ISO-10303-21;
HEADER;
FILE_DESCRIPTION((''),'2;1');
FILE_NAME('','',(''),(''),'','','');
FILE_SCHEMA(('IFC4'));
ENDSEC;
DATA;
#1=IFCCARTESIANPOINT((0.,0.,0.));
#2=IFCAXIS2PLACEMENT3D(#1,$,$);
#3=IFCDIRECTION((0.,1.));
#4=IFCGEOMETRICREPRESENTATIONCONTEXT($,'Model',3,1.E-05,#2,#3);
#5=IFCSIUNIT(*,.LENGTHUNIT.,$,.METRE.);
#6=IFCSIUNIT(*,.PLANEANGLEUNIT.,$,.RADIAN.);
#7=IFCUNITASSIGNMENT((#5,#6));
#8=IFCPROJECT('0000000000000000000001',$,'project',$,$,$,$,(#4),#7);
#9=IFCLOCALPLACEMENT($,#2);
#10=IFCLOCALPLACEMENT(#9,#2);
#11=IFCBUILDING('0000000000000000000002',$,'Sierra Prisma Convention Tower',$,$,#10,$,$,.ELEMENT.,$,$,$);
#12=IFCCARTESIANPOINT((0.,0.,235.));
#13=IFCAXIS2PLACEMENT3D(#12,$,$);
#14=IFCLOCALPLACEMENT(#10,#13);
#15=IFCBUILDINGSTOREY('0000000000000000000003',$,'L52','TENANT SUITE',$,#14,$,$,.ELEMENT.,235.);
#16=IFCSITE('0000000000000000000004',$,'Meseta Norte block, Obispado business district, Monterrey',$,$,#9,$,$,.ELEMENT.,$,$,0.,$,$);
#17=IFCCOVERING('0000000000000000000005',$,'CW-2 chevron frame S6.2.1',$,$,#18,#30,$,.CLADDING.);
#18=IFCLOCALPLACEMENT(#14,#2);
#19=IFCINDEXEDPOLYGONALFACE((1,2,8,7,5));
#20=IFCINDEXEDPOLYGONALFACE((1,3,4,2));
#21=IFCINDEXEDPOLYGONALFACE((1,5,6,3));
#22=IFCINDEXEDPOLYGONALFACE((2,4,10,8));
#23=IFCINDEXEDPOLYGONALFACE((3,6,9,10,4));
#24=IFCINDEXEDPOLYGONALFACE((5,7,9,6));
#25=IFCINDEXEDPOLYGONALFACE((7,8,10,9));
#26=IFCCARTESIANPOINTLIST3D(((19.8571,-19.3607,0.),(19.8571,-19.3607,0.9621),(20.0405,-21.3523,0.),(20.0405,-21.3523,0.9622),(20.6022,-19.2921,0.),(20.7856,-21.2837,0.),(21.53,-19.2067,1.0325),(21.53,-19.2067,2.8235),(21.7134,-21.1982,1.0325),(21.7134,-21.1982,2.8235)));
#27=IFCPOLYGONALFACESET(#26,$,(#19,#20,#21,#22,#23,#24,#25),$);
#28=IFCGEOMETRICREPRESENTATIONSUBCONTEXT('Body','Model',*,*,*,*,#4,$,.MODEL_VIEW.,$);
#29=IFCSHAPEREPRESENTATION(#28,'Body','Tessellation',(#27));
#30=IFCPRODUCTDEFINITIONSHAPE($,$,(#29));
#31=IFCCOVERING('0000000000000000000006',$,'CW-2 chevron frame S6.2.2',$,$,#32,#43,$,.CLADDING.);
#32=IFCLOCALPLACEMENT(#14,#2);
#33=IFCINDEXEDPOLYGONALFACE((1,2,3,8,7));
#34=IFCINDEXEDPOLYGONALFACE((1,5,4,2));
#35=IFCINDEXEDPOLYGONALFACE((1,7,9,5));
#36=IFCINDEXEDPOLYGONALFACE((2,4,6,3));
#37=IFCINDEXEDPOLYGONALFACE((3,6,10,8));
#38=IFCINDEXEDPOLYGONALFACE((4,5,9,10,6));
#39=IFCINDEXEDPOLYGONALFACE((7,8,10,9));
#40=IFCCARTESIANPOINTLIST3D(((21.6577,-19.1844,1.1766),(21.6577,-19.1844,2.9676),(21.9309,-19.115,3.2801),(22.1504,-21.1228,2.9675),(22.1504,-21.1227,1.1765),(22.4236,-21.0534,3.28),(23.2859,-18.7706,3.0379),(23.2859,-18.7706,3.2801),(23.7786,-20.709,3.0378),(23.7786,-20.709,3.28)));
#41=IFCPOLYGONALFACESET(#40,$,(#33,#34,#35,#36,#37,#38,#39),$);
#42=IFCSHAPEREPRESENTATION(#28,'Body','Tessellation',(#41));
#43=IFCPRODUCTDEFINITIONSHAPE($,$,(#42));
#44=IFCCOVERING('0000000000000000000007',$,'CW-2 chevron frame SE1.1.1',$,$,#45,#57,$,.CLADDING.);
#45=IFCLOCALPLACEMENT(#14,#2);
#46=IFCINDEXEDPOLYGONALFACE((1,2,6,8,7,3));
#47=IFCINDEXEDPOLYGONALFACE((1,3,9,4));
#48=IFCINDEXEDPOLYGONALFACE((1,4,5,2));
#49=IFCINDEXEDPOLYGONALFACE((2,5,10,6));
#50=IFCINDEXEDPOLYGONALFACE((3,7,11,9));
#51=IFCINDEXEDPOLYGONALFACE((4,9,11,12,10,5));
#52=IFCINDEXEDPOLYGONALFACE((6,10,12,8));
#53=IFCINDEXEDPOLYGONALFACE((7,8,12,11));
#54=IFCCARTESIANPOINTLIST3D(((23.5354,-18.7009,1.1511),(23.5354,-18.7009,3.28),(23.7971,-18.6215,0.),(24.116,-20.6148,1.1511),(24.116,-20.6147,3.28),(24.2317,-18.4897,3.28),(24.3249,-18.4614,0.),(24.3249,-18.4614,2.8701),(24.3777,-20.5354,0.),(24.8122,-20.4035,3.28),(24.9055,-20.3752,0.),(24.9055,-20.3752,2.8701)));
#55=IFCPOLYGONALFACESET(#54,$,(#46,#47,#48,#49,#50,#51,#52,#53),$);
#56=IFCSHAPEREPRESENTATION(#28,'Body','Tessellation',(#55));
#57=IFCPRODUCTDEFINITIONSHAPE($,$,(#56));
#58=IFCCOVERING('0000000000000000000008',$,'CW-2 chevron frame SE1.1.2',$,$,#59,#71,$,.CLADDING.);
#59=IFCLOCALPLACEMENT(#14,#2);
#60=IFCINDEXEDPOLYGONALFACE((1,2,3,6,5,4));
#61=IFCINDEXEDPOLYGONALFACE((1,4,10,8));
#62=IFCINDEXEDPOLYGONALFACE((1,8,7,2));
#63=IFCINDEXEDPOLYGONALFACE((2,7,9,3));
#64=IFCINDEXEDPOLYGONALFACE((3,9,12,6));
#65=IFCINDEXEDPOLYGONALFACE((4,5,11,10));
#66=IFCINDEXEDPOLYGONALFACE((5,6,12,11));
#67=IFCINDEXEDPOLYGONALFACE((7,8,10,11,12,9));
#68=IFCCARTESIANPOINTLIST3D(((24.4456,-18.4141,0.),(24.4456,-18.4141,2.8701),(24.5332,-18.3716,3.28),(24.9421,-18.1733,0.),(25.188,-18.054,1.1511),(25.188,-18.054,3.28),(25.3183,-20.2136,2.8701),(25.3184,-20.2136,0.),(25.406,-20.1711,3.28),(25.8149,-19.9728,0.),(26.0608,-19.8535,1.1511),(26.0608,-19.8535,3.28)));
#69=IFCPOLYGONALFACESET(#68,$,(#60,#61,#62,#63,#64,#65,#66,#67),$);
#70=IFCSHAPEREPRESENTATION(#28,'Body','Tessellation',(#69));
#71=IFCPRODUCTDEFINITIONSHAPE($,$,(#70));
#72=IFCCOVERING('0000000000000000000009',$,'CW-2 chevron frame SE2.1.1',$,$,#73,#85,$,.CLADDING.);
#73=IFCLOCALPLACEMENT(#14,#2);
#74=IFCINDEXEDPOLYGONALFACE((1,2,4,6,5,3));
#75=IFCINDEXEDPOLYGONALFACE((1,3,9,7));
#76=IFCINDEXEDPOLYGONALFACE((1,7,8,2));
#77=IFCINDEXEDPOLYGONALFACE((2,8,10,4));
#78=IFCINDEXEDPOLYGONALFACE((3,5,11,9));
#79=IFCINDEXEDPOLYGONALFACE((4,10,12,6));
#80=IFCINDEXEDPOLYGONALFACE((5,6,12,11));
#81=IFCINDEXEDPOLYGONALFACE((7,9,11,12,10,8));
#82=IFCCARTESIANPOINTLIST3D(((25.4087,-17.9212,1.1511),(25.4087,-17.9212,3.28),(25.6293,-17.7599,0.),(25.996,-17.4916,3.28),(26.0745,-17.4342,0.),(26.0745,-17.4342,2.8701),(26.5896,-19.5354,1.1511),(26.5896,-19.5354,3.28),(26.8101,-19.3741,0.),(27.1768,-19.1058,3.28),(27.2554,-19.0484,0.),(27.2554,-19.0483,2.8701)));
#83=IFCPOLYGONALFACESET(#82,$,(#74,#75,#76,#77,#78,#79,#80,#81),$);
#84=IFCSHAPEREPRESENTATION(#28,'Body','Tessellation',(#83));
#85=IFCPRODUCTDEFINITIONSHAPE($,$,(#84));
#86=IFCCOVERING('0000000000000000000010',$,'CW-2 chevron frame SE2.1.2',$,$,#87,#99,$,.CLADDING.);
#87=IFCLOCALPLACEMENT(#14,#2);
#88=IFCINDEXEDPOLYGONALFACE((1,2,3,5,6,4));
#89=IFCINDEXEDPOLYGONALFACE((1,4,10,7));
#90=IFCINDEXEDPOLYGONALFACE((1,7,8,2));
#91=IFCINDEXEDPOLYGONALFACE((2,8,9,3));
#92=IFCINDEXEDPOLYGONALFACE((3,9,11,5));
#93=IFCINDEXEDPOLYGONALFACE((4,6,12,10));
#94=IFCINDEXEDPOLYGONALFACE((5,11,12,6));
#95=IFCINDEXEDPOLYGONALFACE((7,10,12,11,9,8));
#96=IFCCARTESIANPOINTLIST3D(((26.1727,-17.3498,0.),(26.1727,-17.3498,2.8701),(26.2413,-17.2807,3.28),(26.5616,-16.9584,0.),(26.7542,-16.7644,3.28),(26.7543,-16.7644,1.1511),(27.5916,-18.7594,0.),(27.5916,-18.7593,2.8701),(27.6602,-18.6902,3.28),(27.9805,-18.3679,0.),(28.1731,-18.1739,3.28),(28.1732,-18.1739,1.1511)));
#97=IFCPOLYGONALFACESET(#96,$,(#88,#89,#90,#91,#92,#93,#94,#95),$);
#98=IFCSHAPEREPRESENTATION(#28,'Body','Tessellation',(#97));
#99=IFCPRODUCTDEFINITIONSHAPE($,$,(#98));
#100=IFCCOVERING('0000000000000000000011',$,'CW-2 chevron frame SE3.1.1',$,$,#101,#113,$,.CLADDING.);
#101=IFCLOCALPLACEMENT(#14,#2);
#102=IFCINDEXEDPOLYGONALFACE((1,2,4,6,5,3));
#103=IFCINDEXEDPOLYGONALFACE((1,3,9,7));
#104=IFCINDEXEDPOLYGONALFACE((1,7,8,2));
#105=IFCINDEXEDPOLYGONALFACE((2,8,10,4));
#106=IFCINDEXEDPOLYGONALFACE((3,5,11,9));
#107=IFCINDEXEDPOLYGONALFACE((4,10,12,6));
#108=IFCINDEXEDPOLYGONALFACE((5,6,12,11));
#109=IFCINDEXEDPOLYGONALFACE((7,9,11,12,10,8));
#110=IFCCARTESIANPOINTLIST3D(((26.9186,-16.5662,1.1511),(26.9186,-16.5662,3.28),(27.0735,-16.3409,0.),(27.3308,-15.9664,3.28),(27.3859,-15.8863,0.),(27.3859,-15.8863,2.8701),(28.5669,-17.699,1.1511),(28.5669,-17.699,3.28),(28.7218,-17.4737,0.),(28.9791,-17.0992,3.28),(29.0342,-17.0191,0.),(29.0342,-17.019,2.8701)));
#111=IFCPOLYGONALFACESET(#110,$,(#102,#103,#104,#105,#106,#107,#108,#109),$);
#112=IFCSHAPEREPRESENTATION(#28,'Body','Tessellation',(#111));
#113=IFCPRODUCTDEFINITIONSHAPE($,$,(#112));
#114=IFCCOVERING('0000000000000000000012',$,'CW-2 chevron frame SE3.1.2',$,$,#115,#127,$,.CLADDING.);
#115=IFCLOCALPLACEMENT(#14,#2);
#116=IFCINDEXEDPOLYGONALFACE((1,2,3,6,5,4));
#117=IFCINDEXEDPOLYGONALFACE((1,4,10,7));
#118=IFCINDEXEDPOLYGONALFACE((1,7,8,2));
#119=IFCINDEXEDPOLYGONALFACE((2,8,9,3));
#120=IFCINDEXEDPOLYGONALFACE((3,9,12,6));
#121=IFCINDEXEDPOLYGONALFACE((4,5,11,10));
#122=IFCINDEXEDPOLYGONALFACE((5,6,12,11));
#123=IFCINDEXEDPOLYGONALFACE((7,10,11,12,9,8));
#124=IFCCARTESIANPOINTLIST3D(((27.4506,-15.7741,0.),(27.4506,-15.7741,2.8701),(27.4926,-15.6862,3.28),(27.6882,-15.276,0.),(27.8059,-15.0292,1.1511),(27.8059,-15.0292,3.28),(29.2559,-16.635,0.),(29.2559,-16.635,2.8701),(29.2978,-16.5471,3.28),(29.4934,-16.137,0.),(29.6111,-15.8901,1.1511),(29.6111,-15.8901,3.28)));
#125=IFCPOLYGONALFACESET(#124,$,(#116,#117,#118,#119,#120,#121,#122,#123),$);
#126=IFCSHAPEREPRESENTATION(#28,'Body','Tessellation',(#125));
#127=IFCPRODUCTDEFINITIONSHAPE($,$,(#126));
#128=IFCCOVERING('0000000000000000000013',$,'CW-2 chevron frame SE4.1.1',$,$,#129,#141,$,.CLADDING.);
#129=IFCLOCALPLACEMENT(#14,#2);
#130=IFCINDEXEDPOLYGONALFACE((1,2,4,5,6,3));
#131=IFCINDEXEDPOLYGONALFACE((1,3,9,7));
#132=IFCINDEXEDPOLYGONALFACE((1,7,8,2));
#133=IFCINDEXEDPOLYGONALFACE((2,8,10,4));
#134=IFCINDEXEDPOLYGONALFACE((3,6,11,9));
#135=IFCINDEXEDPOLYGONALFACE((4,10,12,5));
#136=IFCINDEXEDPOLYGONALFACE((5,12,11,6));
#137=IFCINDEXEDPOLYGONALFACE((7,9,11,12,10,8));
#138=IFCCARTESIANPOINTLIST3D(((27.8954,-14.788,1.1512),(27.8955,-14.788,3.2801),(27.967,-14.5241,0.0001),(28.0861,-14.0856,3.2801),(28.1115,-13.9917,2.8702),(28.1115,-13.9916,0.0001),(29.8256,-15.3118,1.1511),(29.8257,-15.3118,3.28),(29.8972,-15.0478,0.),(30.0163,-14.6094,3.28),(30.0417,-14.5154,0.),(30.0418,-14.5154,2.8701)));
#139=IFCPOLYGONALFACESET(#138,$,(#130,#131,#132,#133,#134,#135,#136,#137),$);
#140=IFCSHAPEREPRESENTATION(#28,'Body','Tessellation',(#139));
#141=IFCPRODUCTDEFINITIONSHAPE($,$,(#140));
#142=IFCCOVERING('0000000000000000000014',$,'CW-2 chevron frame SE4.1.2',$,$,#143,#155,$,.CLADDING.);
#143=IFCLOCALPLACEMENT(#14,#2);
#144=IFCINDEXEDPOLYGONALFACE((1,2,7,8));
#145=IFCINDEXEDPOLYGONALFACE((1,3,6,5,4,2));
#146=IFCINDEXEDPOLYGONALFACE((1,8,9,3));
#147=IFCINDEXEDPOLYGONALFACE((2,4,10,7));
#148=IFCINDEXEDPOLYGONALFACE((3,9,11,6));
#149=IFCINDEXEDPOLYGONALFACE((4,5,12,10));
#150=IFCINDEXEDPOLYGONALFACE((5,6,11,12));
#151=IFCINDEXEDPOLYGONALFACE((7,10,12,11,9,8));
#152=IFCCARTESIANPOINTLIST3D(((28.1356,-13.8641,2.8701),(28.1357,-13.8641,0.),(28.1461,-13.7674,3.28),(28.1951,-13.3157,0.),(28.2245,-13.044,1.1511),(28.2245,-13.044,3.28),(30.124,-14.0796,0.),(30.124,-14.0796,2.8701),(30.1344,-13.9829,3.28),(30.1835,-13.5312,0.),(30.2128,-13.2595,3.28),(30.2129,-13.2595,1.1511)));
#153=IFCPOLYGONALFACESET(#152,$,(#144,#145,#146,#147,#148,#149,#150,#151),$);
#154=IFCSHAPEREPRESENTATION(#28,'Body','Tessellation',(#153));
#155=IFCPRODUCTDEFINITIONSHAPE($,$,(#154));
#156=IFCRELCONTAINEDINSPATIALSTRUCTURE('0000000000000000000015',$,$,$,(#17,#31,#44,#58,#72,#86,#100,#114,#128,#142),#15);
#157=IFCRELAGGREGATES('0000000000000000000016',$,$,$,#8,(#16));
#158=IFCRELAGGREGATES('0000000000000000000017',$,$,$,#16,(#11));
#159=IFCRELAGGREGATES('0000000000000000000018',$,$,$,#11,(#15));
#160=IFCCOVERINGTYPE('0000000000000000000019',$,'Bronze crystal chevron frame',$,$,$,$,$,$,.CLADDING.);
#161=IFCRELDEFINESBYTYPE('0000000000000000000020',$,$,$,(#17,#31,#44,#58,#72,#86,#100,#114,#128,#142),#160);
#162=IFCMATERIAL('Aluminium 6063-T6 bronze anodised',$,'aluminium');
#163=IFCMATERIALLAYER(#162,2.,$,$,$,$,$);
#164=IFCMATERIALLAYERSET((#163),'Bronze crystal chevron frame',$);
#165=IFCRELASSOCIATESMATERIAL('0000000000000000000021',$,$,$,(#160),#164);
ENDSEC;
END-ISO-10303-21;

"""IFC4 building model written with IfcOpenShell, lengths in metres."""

from ifc_helpers import new_model, si_unit, direction, frame, origin, place, context, subcontext, project, spatial, polyline, outline, extrude, material, layer, layer_set, type_object, element, save


model = new_model("IFC4")

# Units and contexts
model_context = context("Model", 3, precision=1e-05, world=origin(), true_north=direction((0.0, 1.0)))
body_context = subcontext(model_context, "Body", "Model", "MODEL_VIEW")
ifc_project = project(units=[si_unit("LENGTHUNIT", "METRE"), si_unit("PLANEANGLEUNIT", "RADIAN")], contexts=[model_context])

# Site, building, storey
site_placement = place(None, origin())
site = spatial("IfcSite", under=ifc_project, at=site_placement, Name="Meseta Norte block, Obispado business district, Monterrey", CompositionType="ELEMENT", RefElevation=0.0)
building_placement = place(site_placement, origin())
building = spatial("IfcBuilding", under=site, at=building_placement, Name="Sierra Prisma Convention Tower", CompositionType="ELEMENT")
storey_placement = place(building_placement, frame((0.0, 0.0, 235.0)))
storey = spatial("IfcBuildingStorey", under=building, at=storey_placement, Name="L52", Description="TENANT SUITE", CompositionType="ELEMENT", Elevation=235.0)

# Coverings
ifc_material_1 = material(Name="Aluminium 6063-T6 bronze anodised", Category="aluminium")
ifc_layer_1 = layer(ifc_material_1, 2.0)
ifc_layer_set_1 = layer_set([ifc_layer_1], Name="Bronze crystal chevron frame")
covering_type = type_object("IfcCoveringType", Name="Bronze crystal chevron frame", PredefinedType="CLADDING", material=ifc_layer_set_1)
covering_1_placement = place(storey_placement, frame((20.0405, -21.3523, 0.0), z_axis=(0.091699, -0.995787, 0.000004), x_axis=(0.995787, 0.091699, 0.0)))
element("IfcCovering", 1, at=covering_1_placement, inside=storey, type_object=covering_type, Name="CW-2 chevron frame S6.2.1", PredefinedType="CLADDING", context=body_context, shape_type="SweptSolid", body=[
    extrude(outline(polyline([(0.0, 0.0), (0.7483, 0.0), (1.6799, 1.0325), (1.6799, 2.8235), (0.0, 0.9622), (0.0, 0.0)])), origin(), (0.0, 0.0, -1.0), 2.0),
])
covering_2_placement = place(storey_placement, frame((23.7786, -20.709, 3.28), z_axis=(0.246337, -0.969184, -0.000042), x_axis=(-0.969184, -0.246337, 0.0)))
element("IfcCovering", 2, at=covering_2_placement, inside=storey, type_object=covering_type, Name="CW-2 chevron frame S6.2.2", PredefinedType="CLADDING", context=body_context, shape_type="SweptSolid", body=[
    extrude(outline(polyline([(0.0, 0.0), (1.3981, 0.0), (1.6799, 0.3125), (1.6799, 2.1035), (0.0, 0.2422), (0.0, 0.0)])), origin(), (0.0, 0.0, -1.0), 2.0),
])
covering_3_placement = place(storey_placement, frame((24.116, -20.6147, 3.28), z_axis=(0.290285, -0.95694, 0.000002), x_axis=(0.000001, -0.000002, -1.0)))
element("IfcCovering", 3, at=covering_3_placement, inside=storey, type_object=covering_type, Name="CW-2 chevron frame SE1.1.1", PredefinedType="CLADDING", context=body_context, shape_type="SweptSolid", body=[
    extrude(outline(polyline([(0.0, 0.0), (2.1289, 0.0), (3.28, 0.2735), (3.28, 0.8251), (0.4099, 0.8251), (0.0, 0.7276), (0.0, 0.0)])), origin(), (0.0, 0.0, -1.0), 2.0),
])
covering_4_placement = place(storey_placement, frame((25.3184, -20.2136, 0.0), z_axis=(0.436388, -0.899759, 0.000016), x_axis=(0.899759, 0.436388, 0.0)))
element("IfcCovering", 4, at=covering_4_placement, inside=storey, type_object=covering_type, Name="CW-2 chevron frame SE1.1.2", PredefinedType="CLADDING", context=body_context, shape_type="SweptSolid", body=[
    extrude(outline(polyline([(0.0, 0.0), (0.5519, 0.0), (0.8252, 1.1511), (0.8252, 3.28), (0.0974, 3.28), (0.0, 2.8701), (0.0, 0.0)])), origin(), (0.0, 0.0, -1.0), 2.0),
])
covering_5_placement = place(storey_placement, frame((26.5896, -19.5354, 3.28), z_axis=(0.590433, -0.807087, 0.000006), x_axis=(0.000003, -0.000005, -1.0)))
element("IfcCovering", 5, at=covering_5_placement, inside=storey, type_object=covering_type, Name="CW-2 chevron frame SE2.1.1", PredefinedType="CLADDING", context=body_context, shape_type="SweptSolid", body=[
    extrude(outline(polyline([(0.0, 0.0), (2.1289, 0.0), (3.28, 0.2732), (3.28, 0.8249), (0.4099, 0.8249), (0.0, 0.7276), (0.0, 0.0)])), origin(), (0.0, 0.0, -1.0), 2.0),
])
covering_6_placement = place(storey_placement, frame((27.9805, -18.3679, 0.0), z_axis=(0.709449, -0.704757, 0.000023), x_axis=(0.162869, 0.163985, 0.972925)))
element("IfcCovering", 6, at=covering_6_placement, inside=storey, type_object=covering_type, Name="CW-2 chevron frame SE2.1.2", PredefinedType="CLADDING", context=body_context, shape_type="SweptSolid", body=[
    extrude(outline(polyline([(0.0, 0.0), (1.1832, 0.0), (3.2544, 0.492), (3.0862, 1.2002), (2.6649, 1.2001), (-0.1275, 0.5368), (0.0, 0.0)])), origin(), (0.0, 0.0, -1.0), 2.0),
])
covering_7_placement = place(storey_placement, frame((28.5669, -17.699, 3.28), z_axis=(0.824134, -0.566395, 0.000008), x_axis=(0.000007, -0.000005, -1.0)))
element("IfcCovering", 7, at=covering_7_placement, inside=storey, type_object=covering_type, Name="CW-2 chevron frame SE3.1.1", PredefinedType="CLADDING", context=body_context, shape_type="SweptSolid", body=[
    extrude(outline(polyline([(0.0, 0.0), (2.1289, 0.0), (3.28, 0.2734), (3.28, 0.825), (0.4099, 0.825), (0.0, 0.7278), (0.0, 0.0)])), origin(), (0.0, 0.0, -1.0), 2.0),
])
covering_8_placement = place(storey_placement, frame((29.2559, -16.635, 0.0), z_axis=(0.902614, -0.430451, -0.000006), x_axis=(0.430451, 0.902614, 0.0)))
element("IfcCovering", 8, at=covering_8_placement, inside=storey, type_object=covering_type, Name="CW-2 chevron frame SE3.1.2", PredefinedType="CLADDING", context=body_context, shape_type="SweptSolid", body=[
    extrude(outline(polyline([(0.0, 0.0), (0.5518, 0.0), (0.8252, 1.1511), (0.8252, 3.28), (0.0974, 3.28), (0.0, 2.8701), (0.0, 0.0)])), origin(), (0.0, 0.0, -1.0), 2.0),
])
covering_9_placement = place(storey_placement, frame((29.8257, -15.3118, 3.28), z_axis=(0.965105, -0.261863, -0.000028), x_axis=(-0.000027, 0.000007, -1.0)))
element("IfcCovering", 9, at=covering_9_placement, inside=storey, type_object=covering_type, Name="CW-2 chevron frame SE4.1.1", PredefinedType="CLADDING", context=body_context, shape_type="SweptSolid", body=[
    extrude(outline(polyline([(0.0, 0.0), (2.1289, 0.0), (3.28, 0.2734), (3.28, 0.8252), (0.4099, 0.8252), (0.0, 0.7278), (0.0, 0.0)])), origin(), (0.0, 0.0, -1.0), 2.0),
])
covering_10_placement = place(storey_placement, frame((30.124, -14.0796, 0.0), z_axis=(0.994176, -0.107767, 0.000021), x_axis=(0.107767, 0.994176, 0.0)))
element("IfcCovering", 10, at=covering_10_placement, inside=storey, type_object=covering_type, Name="CW-2 chevron frame SE4.1.2", PredefinedType="CLADDING", context=body_context, shape_type="SweptSolid", body=[
    extrude(outline(polyline([(0.0, 0.0), (0.5516, 0.0), (0.8249, 1.1511), (0.8249, 3.28), (0.0972, 3.28), (0.0, 2.8701), (0.0, 0.0)])), origin(), (0.0, 0.0, -1.0), 2.0),
])

save(model, "model.ifc")
